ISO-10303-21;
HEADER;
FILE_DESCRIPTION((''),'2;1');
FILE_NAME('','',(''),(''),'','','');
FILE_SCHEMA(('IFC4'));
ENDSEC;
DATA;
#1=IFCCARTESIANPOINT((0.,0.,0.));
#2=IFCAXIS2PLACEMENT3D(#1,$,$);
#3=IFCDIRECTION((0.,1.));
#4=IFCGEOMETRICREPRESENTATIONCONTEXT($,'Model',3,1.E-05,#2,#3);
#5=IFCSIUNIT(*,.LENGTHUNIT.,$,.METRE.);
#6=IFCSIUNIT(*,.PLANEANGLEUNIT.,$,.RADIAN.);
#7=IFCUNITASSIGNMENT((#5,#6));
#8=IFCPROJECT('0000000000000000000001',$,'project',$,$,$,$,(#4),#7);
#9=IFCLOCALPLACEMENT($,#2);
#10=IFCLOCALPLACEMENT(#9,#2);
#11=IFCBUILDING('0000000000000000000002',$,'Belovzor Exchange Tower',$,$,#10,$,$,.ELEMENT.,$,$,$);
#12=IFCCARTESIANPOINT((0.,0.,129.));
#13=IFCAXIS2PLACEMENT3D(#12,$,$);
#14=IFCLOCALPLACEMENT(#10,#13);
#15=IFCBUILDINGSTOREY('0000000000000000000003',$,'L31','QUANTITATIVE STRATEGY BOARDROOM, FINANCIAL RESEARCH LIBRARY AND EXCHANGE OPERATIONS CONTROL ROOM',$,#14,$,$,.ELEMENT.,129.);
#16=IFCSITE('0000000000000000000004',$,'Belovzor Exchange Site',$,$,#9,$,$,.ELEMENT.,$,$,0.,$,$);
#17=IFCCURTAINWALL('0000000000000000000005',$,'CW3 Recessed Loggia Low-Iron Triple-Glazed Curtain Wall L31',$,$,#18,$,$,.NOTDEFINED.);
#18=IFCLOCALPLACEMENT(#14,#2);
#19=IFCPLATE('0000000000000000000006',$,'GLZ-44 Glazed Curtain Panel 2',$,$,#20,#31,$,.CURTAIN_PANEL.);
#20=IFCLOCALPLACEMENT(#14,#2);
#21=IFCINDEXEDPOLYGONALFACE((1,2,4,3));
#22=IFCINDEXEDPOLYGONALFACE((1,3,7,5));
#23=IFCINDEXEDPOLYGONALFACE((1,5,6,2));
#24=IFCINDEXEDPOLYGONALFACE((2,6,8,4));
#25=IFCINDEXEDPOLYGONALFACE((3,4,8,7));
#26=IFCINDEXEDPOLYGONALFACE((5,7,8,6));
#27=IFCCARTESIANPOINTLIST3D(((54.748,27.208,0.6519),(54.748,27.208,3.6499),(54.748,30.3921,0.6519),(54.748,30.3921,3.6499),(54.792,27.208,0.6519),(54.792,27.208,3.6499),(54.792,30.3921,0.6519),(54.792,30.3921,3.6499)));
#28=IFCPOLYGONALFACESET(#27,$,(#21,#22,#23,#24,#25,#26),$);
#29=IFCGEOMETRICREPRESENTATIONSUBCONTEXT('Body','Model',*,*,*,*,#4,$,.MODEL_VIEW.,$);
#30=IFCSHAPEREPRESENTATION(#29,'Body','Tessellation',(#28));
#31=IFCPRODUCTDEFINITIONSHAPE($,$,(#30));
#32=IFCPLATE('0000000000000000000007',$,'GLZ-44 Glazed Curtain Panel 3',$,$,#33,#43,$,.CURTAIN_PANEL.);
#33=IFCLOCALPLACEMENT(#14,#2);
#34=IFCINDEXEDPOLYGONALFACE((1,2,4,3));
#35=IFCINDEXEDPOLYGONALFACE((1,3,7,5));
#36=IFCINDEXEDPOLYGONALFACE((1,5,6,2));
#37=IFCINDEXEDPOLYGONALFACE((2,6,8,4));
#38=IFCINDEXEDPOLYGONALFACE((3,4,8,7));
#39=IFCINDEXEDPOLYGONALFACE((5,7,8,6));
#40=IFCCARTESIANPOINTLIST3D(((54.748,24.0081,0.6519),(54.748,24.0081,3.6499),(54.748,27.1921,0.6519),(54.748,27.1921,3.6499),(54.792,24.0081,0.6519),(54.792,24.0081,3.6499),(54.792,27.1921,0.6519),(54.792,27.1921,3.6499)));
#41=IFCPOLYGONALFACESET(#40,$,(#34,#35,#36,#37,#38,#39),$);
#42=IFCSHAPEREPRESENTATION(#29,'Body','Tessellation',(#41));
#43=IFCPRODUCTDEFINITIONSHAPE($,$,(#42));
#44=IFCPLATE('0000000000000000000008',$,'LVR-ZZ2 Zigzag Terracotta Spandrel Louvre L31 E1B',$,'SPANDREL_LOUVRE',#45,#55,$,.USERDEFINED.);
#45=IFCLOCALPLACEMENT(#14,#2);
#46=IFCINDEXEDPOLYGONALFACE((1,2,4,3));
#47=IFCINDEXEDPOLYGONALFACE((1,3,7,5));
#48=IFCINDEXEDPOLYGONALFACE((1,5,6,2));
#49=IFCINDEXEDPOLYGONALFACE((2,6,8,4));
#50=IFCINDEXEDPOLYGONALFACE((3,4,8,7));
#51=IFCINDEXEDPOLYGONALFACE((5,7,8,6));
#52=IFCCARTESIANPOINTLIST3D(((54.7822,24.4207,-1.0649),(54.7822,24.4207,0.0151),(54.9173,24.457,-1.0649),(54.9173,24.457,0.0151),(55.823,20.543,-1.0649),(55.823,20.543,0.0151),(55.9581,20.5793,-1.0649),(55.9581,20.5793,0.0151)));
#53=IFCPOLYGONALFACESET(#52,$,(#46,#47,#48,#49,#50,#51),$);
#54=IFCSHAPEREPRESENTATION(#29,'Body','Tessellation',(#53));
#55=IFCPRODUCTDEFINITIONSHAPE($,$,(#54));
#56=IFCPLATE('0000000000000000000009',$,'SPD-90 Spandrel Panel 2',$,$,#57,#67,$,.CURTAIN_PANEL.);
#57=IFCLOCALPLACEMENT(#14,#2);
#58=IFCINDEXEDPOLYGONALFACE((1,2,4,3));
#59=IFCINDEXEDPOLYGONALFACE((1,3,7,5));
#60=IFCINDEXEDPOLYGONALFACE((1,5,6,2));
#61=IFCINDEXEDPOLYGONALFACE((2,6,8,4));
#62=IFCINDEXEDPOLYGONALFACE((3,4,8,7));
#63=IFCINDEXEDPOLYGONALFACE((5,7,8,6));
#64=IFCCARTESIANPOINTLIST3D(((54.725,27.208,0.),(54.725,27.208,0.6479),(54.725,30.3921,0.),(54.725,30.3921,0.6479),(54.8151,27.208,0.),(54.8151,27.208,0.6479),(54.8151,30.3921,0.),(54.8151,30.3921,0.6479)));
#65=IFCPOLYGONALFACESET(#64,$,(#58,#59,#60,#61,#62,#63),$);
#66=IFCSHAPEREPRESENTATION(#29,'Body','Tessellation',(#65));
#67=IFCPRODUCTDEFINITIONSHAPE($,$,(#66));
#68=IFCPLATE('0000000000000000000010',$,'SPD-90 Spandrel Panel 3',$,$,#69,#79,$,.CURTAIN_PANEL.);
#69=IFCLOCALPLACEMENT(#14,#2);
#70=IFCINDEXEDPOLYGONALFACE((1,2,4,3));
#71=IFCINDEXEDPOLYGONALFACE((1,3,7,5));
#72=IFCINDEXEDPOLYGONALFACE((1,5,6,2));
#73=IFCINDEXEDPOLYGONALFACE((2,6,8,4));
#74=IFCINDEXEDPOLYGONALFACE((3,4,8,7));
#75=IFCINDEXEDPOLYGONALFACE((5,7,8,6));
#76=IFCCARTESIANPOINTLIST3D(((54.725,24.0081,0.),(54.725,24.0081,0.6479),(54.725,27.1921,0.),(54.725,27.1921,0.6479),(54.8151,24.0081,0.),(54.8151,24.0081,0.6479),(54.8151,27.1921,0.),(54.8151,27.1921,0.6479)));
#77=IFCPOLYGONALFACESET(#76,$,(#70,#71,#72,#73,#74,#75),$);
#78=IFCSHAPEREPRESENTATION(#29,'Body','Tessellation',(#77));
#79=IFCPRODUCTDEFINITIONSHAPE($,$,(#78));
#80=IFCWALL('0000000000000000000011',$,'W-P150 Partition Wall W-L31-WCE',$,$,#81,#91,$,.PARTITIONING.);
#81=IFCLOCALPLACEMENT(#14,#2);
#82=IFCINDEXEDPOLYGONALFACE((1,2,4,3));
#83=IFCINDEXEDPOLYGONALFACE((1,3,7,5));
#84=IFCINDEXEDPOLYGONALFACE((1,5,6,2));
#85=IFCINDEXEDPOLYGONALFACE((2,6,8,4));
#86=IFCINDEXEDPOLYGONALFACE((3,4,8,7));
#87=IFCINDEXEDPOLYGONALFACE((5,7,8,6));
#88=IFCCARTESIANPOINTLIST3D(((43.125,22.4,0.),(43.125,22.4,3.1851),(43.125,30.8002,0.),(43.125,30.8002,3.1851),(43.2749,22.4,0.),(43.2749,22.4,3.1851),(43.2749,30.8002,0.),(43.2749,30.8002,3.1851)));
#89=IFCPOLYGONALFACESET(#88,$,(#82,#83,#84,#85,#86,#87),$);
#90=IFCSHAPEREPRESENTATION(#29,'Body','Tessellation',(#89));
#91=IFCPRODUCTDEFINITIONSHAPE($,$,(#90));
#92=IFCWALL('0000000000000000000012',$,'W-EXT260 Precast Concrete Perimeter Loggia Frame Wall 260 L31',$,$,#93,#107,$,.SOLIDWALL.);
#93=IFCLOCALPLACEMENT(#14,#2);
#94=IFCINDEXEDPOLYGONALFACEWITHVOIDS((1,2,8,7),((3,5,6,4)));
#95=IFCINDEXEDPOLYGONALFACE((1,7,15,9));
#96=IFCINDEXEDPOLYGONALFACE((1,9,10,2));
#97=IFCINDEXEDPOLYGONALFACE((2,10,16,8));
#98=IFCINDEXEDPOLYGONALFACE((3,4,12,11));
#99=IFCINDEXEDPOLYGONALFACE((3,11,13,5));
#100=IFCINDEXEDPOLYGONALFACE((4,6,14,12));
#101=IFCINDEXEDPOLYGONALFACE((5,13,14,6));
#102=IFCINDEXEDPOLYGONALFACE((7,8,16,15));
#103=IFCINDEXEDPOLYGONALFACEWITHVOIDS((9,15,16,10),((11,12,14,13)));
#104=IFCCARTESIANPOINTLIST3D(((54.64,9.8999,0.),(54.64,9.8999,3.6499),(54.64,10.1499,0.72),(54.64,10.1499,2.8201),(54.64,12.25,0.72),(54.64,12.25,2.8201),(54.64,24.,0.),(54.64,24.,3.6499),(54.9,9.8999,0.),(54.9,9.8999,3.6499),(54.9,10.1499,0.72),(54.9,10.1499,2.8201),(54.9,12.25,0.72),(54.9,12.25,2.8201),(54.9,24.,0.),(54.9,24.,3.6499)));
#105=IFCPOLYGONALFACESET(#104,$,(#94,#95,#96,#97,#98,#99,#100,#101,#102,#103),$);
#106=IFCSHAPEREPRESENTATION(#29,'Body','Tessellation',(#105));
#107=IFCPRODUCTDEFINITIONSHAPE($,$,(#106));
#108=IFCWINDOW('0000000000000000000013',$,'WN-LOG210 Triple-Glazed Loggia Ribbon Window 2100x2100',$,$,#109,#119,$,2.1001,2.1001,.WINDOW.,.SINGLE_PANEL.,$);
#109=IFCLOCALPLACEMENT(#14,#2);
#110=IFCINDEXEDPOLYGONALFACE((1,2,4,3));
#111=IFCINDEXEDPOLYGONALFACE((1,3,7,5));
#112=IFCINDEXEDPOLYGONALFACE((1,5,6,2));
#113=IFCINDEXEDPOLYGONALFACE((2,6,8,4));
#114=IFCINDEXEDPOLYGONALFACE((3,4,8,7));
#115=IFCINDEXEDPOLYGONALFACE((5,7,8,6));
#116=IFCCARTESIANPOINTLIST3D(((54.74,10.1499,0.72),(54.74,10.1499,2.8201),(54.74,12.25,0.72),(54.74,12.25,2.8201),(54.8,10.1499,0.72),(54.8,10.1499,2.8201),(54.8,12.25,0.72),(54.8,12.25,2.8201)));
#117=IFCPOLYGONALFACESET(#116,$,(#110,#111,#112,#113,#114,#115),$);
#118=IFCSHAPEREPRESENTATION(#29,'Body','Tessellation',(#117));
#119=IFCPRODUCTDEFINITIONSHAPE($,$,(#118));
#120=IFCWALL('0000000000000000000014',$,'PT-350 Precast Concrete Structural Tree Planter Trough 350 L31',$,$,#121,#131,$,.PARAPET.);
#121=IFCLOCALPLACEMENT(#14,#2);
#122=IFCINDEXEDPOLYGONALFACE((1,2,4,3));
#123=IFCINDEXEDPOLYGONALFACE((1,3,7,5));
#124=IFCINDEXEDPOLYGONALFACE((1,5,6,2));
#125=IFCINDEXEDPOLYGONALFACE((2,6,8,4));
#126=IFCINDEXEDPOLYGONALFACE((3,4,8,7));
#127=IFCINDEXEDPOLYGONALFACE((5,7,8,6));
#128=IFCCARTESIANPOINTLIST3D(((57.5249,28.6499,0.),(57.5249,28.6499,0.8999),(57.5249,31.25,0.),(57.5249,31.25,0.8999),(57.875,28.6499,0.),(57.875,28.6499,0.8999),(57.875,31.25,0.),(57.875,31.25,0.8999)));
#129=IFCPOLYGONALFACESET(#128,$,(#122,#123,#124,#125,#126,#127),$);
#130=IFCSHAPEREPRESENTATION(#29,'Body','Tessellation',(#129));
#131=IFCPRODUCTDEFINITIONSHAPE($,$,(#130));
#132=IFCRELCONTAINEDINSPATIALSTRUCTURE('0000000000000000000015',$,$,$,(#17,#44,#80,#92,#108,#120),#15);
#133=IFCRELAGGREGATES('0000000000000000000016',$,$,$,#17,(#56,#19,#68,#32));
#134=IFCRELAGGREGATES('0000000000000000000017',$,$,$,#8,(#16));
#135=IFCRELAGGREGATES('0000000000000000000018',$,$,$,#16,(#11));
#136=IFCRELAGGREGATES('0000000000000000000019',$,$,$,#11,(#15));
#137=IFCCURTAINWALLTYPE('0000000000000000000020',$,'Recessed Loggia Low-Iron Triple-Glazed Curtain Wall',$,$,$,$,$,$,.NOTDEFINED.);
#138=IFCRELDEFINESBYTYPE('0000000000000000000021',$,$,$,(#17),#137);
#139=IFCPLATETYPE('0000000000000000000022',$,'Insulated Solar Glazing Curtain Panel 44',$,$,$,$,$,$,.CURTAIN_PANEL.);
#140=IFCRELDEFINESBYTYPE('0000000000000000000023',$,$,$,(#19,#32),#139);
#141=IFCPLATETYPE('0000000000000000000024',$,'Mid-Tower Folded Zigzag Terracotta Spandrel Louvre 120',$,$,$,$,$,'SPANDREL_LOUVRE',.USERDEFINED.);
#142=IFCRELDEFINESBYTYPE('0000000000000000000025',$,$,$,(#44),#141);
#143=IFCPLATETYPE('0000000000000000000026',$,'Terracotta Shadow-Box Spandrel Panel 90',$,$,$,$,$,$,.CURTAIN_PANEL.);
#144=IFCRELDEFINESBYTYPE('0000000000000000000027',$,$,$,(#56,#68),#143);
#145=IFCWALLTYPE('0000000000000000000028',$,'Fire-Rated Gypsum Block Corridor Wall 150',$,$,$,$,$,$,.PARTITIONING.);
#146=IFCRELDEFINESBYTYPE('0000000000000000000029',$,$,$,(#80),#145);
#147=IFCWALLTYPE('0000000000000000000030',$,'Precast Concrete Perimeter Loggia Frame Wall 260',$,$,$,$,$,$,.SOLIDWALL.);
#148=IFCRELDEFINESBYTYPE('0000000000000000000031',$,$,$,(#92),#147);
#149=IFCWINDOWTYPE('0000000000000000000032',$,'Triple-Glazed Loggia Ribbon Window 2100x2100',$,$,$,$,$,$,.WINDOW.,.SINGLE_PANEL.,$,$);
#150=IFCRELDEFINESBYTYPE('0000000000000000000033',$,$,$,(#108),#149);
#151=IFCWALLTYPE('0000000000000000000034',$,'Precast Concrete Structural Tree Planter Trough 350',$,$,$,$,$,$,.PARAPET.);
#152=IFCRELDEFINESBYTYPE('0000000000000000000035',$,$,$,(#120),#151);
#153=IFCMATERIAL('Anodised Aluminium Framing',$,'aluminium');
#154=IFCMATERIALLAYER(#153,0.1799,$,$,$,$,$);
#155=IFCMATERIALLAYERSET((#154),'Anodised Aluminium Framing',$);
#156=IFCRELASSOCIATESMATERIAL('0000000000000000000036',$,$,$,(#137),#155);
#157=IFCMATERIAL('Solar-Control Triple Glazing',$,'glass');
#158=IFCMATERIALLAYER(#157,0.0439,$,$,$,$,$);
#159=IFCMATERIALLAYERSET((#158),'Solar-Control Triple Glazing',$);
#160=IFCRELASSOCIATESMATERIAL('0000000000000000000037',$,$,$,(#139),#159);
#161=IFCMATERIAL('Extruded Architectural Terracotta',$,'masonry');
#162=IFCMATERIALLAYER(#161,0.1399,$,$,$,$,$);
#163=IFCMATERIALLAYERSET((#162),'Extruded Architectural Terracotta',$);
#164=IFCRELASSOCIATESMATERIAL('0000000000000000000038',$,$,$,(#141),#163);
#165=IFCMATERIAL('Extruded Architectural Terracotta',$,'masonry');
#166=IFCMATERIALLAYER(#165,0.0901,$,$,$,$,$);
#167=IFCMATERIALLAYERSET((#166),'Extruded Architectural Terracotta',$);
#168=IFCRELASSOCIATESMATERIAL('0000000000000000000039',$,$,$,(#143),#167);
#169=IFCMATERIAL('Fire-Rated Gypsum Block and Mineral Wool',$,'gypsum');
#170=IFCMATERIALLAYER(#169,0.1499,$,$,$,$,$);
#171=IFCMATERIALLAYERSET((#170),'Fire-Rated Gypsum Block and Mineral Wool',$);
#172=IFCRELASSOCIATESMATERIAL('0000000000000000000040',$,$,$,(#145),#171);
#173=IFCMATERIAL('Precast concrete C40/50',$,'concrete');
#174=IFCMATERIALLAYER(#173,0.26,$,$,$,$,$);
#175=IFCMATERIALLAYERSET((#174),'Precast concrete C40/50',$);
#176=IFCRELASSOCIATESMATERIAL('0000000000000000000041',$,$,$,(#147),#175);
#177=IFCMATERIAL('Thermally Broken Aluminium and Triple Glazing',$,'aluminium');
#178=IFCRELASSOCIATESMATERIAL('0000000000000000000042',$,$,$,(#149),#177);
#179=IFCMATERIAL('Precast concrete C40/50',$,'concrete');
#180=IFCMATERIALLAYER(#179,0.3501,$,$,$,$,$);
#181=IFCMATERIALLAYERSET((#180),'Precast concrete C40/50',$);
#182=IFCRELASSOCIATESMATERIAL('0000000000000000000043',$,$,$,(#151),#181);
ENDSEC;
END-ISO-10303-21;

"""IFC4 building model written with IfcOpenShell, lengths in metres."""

from ifc_helpers import new_model, si_unit, direction, frame, frame_2d, origin, origin_2d, place, context, subcontext, project, spatial, rectangle, extrude, material, layer, layer_set, type_object, element, fill, aggregate, save


model = new_model("IFC4")

# Units and contexts
model_context = context("Model", 3, precision=1e-05, world=origin(), true_north=direction((0.0, 1.0)))
body_context = subcontext(model_context, "Body", "Model", "MODEL_VIEW")
ifc_project = project(units=[si_unit("LENGTHUNIT", "METRE"), si_unit("PLANEANGLEUNIT", "RADIAN")], contexts=[model_context])

# Site, building, storey
site_placement = place(None, origin())
site = spatial("IfcSite", under=ifc_project, at=site_placement, Name="Belovzor Exchange Site", CompositionType="ELEMENT", RefElevation=0.0)
building_placement = place(site_placement, origin())
building = spatial("IfcBuilding", under=site, at=building_placement, Name="Belovzor Exchange Tower", CompositionType="ELEMENT")
storey_placement = place(building_placement, frame((0.0, 0.0, 129.0)))
storey = spatial("IfcBuildingStorey", under=building, at=storey_placement, Name="L31", Description="QUANTITATIVE STRATEGY BOARDROOM, FINANCIAL RESEARCH LIBRARY AND EXCHANGE OPERATIONS CONTROL ROOM", CompositionType="ELEMENT", Elevation=129.0)

# Curtain wall, plates
ifc_material_1 = material(Name="Anodised Aluminium Framing", Category="aluminium")
ifc_layer_1 = layer(ifc_material_1, 0.1799)
ifc_layer_set_1 = layer_set([ifc_layer_1], Name="Anodised Aluminium Framing")
curtain_wall_type = type_object("IfcCurtainWallType", Name="Recessed Loggia Low-Iron Triple-Glazed Curtain Wall", PredefinedType="NOTDEFINED", material=ifc_layer_set_1)
curtain_wall_placement = place(storey_placement, origin())
curtain_wall = element("IfcCurtainWall", 1, at=curtain_wall_placement, inside=storey, type_object=curtain_wall_type, Name="CW3 Recessed Loggia Low-Iron Triple-Glazed Curtain Wall L31", PredefinedType="NOTDEFINED")
ifc_material_2 = material(Name="Solar-Control Triple Glazing", Category="glass")
ifc_layer_2 = layer(ifc_material_2, 0.0439)
ifc_layer_set_2 = layer_set([ifc_layer_2], Name="Solar-Control Triple Glazing")
plate_type_1 = type_object("IfcPlateType", Name="Insulated Solar Glazing Curtain Panel 44", PredefinedType="CURTAIN_PANEL", material=ifc_layer_set_2)
plate_1_placement = place(storey_placement, frame((54.77, 28.8, 0.6519), z_axis=(0.0, 0.0, 1.0), x_axis=(0.0, -1.0, 0.0)))
plate_1 = element("IfcPlate", 2, at=plate_1_placement, type_object=plate_type_1, Name="GLZ-44 Glazed Curtain Panel 2", PredefinedType="CURTAIN_PANEL", context=body_context, shape_type="SweptSolid", body=[
    extrude(rectangle(XDim=3.1841, YDim=0.0439, at=origin_2d()), origin(), (0.0, 0.0, 1.0), 2.998),
])
plate_2_placement = place(storey_placement, frame((54.77, 25.6001, 0.6519), z_axis=(0.0, 0.0, 1.0), x_axis=(0.0, -1.0, 0.0)))
plate_2 = element("IfcPlate", 3, at=plate_2_placement, type_object=plate_type_1, Name="GLZ-44 Glazed Curtain Panel 3", PredefinedType="CURTAIN_PANEL", context=body_context, shape_type="SweptSolid", body=[
    extrude(rectangle(XDim=3.1841, YDim=0.0439, at=origin_2d()), origin(), (0.0, 0.0, 1.0), 2.998),
])

# Plates
ifc_material_3 = material(Name="Extruded Architectural Terracotta", Category="masonry")
ifc_layer_3 = layer(ifc_material_3, 0.1399)
ifc_layer_set_3 = layer_set([ifc_layer_3], Name="Extruded Architectural Terracotta")
plate_type_2 = type_object("IfcPlateType", Name="Mid-Tower Folded Zigzag Terracotta Spandrel Louvre 120", ElementType="SPANDREL_LOUVRE", PredefinedType="USERDEFINED", material=ifc_layer_set_3)
plate_3_placement = place(storey_placement, frame((55.3701, 22.5, -1.0649), z_axis=(0.0, 0.0, 1.0), x_axis=(-0.25924, 0.965813, 0.0)))
element("IfcPlate", 4, at=plate_3_placement, inside=storey, type_object=plate_type_2, Name="LVR-ZZ2 Zigzag Terracotta Spandrel Louvre L31 E1B", ObjectType="SPANDREL_LOUVRE", PredefinedType="USERDEFINED", context=body_context, shape_type="SweptSolid", body=[
    extrude(rectangle(XDim=4.0149, YDim=0.1399, at=origin_2d()), origin(), (0.0, 0.0, 1.0), 1.0801),
])
ifc_material_4 = material(Name="Extruded Architectural Terracotta", Category="masonry")
ifc_layer_4 = layer(ifc_material_4, 0.0901)
ifc_layer_set_4 = layer_set([ifc_layer_4], Name="Extruded Architectural Terracotta")
plate_type_3 = type_object("IfcPlateType", Name="Terracotta Shadow-Box Spandrel Panel 90", PredefinedType="CURTAIN_PANEL", material=ifc_layer_set_4)
plate_4_placement = place(storey_placement, frame((54.77, 28.8, 0.0), z_axis=(0.0, 0.0, 1.0), x_axis=(0.0, -1.0, 0.0)))
plate_4 = element("IfcPlate", 5, at=plate_4_placement, type_object=plate_type_3, Name="SPD-90 Spandrel Panel 2", PredefinedType="CURTAIN_PANEL", context=body_context, shape_type="SweptSolid", body=[
    extrude(rectangle(XDim=3.1841, YDim=0.0901, at=origin_2d()), origin(), (0.0, 0.0, 1.0), 0.6479),
])
plate_5_placement = place(storey_placement, frame((54.77, 25.6001, 0.0), z_axis=(0.0, 0.0, 1.0), x_axis=(0.0, -1.0, 0.0)))
plate_5 = element("IfcPlate", 6, at=plate_5_placement, type_object=plate_type_3, Name="SPD-90 Spandrel Panel 3", PredefinedType="CURTAIN_PANEL", context=body_context, shape_type="SweptSolid", body=[
    extrude(rectangle(XDim=3.1841, YDim=0.0901, at=origin_2d()), origin(), (0.0, 0.0, 1.0), 0.6479),
])
aggregate(curtain_wall, [plate_4, plate_1, plate_5, plate_2])

# Wall
ifc_material_5 = material(Name="Fire-Rated Gypsum Block and Mineral Wool", Category="gypsum")
ifc_layer_5 = layer(ifc_material_5, 0.1499)
ifc_layer_set_5 = layer_set([ifc_layer_5], Name="Fire-Rated Gypsum Block and Mineral Wool")
wall_type_1 = type_object("IfcWallType", Name="Fire-Rated Gypsum Block Corridor Wall 150", PredefinedType="PARTITIONING", material=ifc_layer_set_5)
wall_1_placement = place(storey_placement, frame((43.2, 22.3999, 0.0), z_axis=(0.0, 0.0, 1.0), x_axis=(0.0, 1.0, 0.0)))
element("IfcWall", 7, at=wall_1_placement, inside=storey, type_object=wall_type_1, Name="W-P150 Partition Wall W-L31-WCE", PredefinedType="PARTITIONING", context=body_context, shape_type="SweptSolid", body=[
    extrude(rectangle(XDim=8.4001, YDim=0.1499, at=frame_2d((4.2002, 0.0))), origin(), (0.0, 0.0, 1.0), 3.1851),
])

# Wall, opening, window
ifc_material_6 = material(Name="Precast concrete C40/50", Category="concrete")
ifc_layer_6 = layer(ifc_material_6, 0.26)
ifc_layer_set_6 = layer_set([ifc_layer_6], Name="Precast concrete C40/50")
wall_type_2 = type_object("IfcWallType", Name="Precast Concrete Perimeter Loggia Frame Wall 260", PredefinedType="SOLIDWALL", material=ifc_layer_set_6)
wall_2_placement = place(storey_placement, frame((54.77, 24.0, 0.0), z_axis=(0.0, 0.0, 1.0), x_axis=(0.0, -1.0, 0.0)))
wall_2 = element("IfcWall", 8, at=wall_2_placement, inside=storey, type_object=wall_type_2, Name="W-EXT260 Precast Concrete Perimeter Loggia Frame Wall 260 L31", PredefinedType="SOLIDWALL", context=body_context, shape_type="SweptSolid", body=[
    extrude(rectangle(XDim=14.1001, YDim=0.26, at=frame_2d((7.05, 0.0))), origin(), (0.0, 0.0, 1.0), 3.6499),
])
opening_placement = place(wall_2_placement, frame((11.75, 0.0, 0.72)))
opening = element("IfcOpeningElement", 9, at=opening_placement, cuts=wall_2, PredefinedType="OPENING", context=body_context, shape_type="SweptSolid", body=[
    extrude(rectangle(XDim=2.1001, YDim=2.1001, at=frame_2d((1.05, 1.05))), frame((0.0, 0.1399, 0.0), z_axis=(0.0, -1.0, 0.0), x_axis=(1.0, 0.0, 0.0)), (0.0, 0.0, 1.0), 0.28),
])
ifc_material_7 = material(Name="Thermally Broken Aluminium and Triple Glazing", Category="aluminium")
window_type = type_object("IfcWindowType", Name="Triple-Glazed Loggia Ribbon Window 2100x2100", PartitioningType="SINGLE_PANEL", PredefinedType="WINDOW", material=ifc_material_7)
window_placement = place(opening_placement, origin())
window = element("IfcWindow", 10, at=window_placement, inside=storey, type_object=window_type, Name="WN-LOG210 Triple-Glazed Loggia Ribbon Window 2100x2100", OverallHeight=2.1001, OverallWidth=2.1001, PartitioningType="SINGLE_PANEL", PredefinedType="WINDOW", context=body_context, shape_type="SweptSolid", body=[
    extrude(rectangle(XDim=2.1001, YDim=2.1001, at=frame_2d((1.05, 1.05))), frame((0.0, 0.03, 0.0), z_axis=(0.0, -1.0, 0.0), x_axis=(1.0, 0.0, 0.0)), (0.0, 0.0, 1.0), 0.0601),
])
fill(opening, window)

# Wall
ifc_material_8 = material(Name="Precast concrete C40/50", Category="concrete")
ifc_layer_7 = layer(ifc_material_8, 0.3501)
ifc_layer_set_7 = layer_set([ifc_layer_7], Name="Precast concrete C40/50")
wall_type_3 = type_object("IfcWallType", Name="Precast Concrete Structural Tree Planter Trough 350", PredefinedType="PARAPET", material=ifc_layer_set_7)
wall_3_placement = place(storey_placement, frame((57.7, 28.6499, 0.0), z_axis=(0.0, 0.0, 1.0), x_axis=(0.0, 1.0, 0.0)))
element("IfcWall", 11, at=wall_3_placement, inside=storey, type_object=wall_type_3, Name="PT-350 Precast Concrete Structural Tree Planter Trough 350 L31", PredefinedType="PARAPET", context=body_context, shape_type="SweptSolid", body=[
    extrude(rectangle(XDim=2.6001, YDim=0.3501, at=frame_2d((1.3, 0.0))), origin(), (0.0, 0.0, 1.0), 0.8999),
])

save(model, "model.ifc")
